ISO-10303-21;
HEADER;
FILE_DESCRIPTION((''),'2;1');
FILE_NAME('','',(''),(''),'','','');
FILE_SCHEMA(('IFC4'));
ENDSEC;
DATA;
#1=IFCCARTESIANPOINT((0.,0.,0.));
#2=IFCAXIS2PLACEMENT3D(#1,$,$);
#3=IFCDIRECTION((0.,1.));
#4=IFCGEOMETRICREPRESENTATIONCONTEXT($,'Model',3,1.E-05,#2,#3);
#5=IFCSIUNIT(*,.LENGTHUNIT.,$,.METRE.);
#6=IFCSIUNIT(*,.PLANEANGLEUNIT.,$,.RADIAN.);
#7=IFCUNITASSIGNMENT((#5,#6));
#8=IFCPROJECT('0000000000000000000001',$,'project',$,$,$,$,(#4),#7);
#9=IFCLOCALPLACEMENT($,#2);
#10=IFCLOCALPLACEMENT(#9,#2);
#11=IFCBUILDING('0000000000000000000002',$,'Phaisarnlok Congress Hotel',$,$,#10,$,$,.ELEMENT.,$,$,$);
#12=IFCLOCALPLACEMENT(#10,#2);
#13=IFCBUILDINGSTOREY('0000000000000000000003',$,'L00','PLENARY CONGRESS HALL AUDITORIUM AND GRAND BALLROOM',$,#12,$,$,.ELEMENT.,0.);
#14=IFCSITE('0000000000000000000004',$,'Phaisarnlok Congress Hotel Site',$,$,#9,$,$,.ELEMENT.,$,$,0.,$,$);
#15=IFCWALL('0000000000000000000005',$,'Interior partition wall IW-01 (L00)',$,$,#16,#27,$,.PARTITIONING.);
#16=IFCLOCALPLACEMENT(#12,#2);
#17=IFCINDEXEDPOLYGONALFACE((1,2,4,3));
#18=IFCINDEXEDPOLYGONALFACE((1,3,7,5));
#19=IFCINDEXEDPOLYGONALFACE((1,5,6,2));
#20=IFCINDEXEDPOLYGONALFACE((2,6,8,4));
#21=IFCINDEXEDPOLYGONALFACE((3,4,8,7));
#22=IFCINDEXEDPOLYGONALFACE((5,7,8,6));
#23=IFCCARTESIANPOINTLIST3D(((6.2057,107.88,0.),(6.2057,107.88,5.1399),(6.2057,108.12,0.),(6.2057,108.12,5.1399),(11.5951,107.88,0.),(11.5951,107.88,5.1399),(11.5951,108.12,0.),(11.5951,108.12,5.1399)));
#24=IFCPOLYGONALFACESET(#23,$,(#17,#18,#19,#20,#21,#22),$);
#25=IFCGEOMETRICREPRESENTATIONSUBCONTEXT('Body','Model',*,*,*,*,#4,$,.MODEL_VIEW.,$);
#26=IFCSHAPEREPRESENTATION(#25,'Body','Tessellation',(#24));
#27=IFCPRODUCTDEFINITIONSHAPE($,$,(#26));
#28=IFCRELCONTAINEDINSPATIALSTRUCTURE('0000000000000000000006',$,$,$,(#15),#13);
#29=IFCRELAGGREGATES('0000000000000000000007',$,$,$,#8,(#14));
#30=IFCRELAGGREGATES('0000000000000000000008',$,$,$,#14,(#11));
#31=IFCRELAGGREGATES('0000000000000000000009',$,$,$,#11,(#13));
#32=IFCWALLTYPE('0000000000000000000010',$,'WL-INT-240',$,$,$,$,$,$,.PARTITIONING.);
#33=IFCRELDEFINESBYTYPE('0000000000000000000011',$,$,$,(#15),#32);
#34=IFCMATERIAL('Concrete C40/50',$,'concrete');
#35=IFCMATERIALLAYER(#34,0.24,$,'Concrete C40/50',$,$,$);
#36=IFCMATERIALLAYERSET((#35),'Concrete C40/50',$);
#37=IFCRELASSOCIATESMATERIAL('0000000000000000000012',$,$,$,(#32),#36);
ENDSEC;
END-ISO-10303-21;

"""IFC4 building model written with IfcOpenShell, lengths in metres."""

from ifc_helpers import new_model, si_unit, direction, frame, frame_2d, origin, place, context, subcontext, project, spatial, rectangle, extrude, material, layer, layer_set, type_object, element, save


model = new_model("IFC4")

# Units and contexts
model_context = context("Model", 3, precision=1e-05, world=origin(), true_north=direction((0.0, 1.0)))
body_context = subcontext(model_context, "Body", "Model", "MODEL_VIEW")
ifc_project = project(units=[si_unit("LENGTHUNIT", "METRE"), si_unit("PLANEANGLEUNIT", "RADIAN")], contexts=[model_context])

# Site, building, storey
site_placement = place(None, origin())
site = spatial("IfcSite", under=ifc_project, at=site_placement, Name="Phaisarnlok Congress Hotel Site", CompositionType="ELEMENT", RefElevation=0.0)
building_placement = place(site_placement, origin())
building = spatial("IfcBuilding", under=site, at=building_placement, Name="Phaisarnlok Congress Hotel", CompositionType="ELEMENT")
storey_placement = place(building_placement, origin())
storey = spatial("IfcBuildingStorey", under=building, at=storey_placement, Name="L00", Description="PLENARY CONGRESS HALL AUDITORIUM AND GRAND BALLROOM", CompositionType="ELEMENT", Elevation=0.0)

# Shared definitions
ifc_material_1 = material(Name="Concrete C40/50", Category="concrete")

# Wall
ifc_layer_1 = layer(ifc_material_1, 0.24, Name="Concrete C40/50")
ifc_layer_set_1 = layer_set([ifc_layer_1], Name="Concrete C40/50")
wall_type_1 = type_object("IfcWallType", Name="WL-INT-240", PredefinedType="PARTITIONING", material=ifc_layer_set_1)
wall_1_placement = place(storey_placement, frame((6.2056, 108.0, 0.0), z_axis=(0.0, 0.0, 1.0), x_axis=(1.0, 0.0, 0.0)))
element("IfcWall", 1, at=wall_1_placement, inside=storey, type_object=wall_type_1, Name="Interior partition wall IW-01 (L00)", PredefinedType="PARTITIONING", context=body_context, shape_type="SweptSolid", body=[
    extrude(rectangle(XDim=5.3894, YDim=0.24, at=frame_2d((2.6948, 0.0))), origin(), (0.0, 0.0, 1.0), 5.1399),
])

save(model, "model.ifc")
